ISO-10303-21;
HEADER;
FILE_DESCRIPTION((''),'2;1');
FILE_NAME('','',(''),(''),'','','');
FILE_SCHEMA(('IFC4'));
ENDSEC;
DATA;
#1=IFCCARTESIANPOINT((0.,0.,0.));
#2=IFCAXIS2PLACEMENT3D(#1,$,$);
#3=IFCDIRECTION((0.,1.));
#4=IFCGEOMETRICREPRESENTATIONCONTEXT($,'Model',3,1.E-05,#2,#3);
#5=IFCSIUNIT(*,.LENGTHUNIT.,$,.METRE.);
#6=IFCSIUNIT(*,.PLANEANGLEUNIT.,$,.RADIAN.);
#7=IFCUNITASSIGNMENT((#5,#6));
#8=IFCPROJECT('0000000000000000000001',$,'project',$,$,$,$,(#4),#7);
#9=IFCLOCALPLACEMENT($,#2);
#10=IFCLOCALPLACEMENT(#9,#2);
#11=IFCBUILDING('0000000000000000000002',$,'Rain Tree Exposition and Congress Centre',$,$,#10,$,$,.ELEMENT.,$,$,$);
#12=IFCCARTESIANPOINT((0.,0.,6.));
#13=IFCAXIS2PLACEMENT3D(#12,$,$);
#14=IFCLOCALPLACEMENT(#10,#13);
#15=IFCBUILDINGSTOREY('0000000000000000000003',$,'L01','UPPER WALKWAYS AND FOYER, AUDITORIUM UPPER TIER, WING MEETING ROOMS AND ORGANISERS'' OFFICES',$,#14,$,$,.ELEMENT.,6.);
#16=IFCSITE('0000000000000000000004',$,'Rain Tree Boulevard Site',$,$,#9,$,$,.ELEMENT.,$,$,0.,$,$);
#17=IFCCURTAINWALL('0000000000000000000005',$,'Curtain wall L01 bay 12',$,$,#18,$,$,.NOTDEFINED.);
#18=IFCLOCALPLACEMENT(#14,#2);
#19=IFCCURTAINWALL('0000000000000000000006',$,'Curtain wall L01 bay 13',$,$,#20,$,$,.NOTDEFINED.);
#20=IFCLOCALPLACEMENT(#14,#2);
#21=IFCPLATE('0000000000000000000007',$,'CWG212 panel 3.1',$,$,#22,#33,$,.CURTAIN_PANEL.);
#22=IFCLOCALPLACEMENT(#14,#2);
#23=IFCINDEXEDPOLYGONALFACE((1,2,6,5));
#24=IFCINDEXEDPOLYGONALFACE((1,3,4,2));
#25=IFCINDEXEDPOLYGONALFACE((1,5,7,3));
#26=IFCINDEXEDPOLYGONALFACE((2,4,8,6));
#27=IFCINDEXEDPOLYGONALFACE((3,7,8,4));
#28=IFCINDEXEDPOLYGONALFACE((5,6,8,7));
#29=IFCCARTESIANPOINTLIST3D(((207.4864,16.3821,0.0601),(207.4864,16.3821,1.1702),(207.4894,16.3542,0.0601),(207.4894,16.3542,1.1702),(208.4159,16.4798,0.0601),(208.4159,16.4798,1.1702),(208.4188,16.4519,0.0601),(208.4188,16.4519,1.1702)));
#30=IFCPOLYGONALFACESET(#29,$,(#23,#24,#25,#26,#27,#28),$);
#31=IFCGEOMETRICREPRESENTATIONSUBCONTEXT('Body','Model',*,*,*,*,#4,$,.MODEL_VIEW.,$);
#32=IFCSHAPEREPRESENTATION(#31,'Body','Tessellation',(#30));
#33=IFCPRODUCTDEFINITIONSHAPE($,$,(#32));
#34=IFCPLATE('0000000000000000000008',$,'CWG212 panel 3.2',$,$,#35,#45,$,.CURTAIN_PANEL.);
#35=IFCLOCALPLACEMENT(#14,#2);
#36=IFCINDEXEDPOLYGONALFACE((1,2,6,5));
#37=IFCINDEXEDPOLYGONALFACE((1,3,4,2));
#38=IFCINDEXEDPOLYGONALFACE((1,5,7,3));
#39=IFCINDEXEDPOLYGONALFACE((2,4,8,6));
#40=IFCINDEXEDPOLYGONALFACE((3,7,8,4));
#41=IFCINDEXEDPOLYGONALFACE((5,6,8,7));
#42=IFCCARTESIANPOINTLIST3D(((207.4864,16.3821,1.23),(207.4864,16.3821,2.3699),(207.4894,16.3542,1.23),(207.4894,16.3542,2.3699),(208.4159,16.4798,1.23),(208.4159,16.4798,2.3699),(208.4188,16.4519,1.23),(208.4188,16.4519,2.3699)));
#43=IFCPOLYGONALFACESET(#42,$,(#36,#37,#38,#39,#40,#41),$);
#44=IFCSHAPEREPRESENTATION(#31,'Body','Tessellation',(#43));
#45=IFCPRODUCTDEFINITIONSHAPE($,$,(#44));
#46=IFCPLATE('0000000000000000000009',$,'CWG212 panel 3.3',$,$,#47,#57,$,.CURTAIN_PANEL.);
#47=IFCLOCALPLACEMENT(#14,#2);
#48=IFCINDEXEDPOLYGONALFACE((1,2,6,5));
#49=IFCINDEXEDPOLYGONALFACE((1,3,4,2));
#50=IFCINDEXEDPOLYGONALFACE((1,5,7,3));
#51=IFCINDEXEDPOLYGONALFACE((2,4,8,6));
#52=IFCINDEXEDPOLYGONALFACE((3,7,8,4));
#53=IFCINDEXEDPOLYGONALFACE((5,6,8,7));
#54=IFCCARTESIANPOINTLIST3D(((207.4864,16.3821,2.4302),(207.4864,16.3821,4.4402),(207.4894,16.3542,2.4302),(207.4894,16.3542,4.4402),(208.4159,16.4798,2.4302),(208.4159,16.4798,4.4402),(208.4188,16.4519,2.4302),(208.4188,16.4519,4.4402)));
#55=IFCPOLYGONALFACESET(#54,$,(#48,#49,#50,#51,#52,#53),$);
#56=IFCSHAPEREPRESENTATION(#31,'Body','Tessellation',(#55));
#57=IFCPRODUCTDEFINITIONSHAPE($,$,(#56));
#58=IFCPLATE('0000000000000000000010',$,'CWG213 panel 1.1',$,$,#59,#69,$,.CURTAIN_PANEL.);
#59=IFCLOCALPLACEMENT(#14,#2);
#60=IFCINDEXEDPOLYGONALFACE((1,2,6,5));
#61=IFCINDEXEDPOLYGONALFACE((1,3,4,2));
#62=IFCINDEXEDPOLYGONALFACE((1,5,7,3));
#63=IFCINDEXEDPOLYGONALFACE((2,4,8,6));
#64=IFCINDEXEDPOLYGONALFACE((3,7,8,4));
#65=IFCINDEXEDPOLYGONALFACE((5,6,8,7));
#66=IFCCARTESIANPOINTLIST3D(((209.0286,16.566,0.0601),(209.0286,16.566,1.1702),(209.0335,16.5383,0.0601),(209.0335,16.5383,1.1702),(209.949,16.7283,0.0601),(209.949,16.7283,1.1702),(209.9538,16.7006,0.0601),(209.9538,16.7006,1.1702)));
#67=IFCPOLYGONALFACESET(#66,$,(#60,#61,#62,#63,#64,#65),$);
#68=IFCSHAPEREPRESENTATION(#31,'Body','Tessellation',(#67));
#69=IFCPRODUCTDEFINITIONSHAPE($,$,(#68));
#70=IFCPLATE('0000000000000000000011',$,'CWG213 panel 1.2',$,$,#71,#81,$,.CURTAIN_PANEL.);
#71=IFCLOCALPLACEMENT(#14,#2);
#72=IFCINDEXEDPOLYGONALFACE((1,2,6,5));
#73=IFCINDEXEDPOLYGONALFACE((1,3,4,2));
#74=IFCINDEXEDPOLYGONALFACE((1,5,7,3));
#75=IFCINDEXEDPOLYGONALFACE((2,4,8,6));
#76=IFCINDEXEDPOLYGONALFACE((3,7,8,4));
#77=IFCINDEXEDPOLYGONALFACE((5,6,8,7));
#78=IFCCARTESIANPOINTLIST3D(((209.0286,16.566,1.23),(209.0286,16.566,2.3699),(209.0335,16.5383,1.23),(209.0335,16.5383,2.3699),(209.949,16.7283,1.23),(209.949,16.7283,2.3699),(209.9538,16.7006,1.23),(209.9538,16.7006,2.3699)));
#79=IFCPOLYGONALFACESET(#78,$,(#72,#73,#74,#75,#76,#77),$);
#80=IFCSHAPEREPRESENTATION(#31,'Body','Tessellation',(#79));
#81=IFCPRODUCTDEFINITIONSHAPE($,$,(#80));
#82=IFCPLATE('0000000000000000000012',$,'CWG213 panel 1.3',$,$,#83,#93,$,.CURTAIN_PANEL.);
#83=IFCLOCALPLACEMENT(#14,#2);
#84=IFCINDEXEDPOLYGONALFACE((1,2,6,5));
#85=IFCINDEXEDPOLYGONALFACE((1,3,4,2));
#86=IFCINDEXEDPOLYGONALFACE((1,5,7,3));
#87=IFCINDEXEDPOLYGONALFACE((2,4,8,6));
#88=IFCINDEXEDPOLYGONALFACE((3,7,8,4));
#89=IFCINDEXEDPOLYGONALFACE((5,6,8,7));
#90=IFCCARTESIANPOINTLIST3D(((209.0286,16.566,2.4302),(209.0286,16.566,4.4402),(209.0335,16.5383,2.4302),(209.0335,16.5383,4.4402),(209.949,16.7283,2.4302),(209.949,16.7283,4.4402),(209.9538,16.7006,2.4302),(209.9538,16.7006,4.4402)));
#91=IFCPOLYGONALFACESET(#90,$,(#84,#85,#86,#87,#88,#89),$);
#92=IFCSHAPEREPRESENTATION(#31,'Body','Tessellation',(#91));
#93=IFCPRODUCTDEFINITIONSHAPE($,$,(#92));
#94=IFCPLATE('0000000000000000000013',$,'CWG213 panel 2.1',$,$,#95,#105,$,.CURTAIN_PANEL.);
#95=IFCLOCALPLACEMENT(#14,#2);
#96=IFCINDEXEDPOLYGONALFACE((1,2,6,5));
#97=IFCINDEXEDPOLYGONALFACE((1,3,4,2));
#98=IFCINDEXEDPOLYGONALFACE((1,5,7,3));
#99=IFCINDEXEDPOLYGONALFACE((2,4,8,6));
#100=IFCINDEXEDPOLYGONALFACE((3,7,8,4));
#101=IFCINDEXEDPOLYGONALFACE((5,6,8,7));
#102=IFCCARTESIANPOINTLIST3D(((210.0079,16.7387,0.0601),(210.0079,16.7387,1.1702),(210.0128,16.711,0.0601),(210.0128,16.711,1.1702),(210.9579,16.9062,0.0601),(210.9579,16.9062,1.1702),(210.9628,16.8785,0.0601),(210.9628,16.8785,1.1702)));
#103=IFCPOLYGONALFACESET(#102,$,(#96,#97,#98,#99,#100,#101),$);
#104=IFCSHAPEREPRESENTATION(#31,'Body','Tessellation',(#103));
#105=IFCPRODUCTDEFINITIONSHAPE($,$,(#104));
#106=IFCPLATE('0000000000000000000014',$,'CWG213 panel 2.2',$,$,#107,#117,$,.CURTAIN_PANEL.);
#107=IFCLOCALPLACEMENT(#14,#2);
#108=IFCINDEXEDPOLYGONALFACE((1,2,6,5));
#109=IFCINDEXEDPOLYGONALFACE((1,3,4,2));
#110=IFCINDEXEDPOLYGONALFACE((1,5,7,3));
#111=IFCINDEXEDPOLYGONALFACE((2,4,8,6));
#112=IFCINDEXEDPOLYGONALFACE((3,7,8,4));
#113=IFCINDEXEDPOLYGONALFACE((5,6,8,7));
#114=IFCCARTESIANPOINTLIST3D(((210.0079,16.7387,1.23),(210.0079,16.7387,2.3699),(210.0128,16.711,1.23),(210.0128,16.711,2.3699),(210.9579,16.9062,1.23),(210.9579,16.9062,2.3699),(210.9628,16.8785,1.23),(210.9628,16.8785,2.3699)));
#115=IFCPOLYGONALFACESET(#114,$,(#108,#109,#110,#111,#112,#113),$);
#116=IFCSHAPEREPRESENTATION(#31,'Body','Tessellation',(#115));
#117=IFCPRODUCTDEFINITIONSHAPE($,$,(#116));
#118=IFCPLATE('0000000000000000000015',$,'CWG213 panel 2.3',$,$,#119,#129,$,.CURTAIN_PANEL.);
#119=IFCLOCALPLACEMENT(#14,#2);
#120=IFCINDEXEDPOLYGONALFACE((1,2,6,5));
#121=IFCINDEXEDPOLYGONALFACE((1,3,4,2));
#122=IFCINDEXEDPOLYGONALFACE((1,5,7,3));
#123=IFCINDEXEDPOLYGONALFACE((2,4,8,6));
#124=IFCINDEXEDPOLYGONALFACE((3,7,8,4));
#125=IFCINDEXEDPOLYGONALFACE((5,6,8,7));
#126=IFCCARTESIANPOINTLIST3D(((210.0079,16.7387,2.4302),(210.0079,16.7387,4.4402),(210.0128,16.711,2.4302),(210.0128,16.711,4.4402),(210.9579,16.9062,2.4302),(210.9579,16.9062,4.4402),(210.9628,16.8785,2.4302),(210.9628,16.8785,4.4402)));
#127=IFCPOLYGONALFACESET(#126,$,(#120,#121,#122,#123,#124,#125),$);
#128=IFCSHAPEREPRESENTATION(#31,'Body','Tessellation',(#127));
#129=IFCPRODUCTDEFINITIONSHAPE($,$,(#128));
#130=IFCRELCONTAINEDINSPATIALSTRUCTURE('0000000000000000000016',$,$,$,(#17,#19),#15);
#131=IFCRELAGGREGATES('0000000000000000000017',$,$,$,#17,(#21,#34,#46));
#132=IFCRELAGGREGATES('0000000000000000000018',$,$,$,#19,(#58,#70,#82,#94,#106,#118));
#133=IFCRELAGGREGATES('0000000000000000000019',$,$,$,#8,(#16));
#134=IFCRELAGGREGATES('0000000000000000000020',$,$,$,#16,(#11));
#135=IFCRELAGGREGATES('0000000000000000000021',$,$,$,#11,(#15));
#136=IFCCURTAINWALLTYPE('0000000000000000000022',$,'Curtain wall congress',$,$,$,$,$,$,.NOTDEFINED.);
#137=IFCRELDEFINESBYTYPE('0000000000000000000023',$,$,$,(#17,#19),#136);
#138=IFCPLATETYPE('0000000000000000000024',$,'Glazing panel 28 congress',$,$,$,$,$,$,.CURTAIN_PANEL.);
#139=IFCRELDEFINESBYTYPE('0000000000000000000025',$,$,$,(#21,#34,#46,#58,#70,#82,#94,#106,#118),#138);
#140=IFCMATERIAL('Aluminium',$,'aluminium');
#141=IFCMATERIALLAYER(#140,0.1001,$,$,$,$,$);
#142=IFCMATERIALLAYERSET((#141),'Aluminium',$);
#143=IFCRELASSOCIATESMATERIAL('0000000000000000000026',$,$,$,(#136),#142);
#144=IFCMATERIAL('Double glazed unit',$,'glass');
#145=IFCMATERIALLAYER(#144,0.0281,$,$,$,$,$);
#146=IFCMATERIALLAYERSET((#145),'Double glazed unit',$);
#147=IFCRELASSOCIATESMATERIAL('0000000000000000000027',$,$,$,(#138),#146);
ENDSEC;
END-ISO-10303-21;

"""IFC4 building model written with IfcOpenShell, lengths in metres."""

from ifc_helpers import new_model, si_unit, direction, frame, origin, origin_2d, place, context, subcontext, project, spatial, rectangle, extrude, material, layer, layer_set, type_object, element, aggregate, save


model = new_model("IFC4")

# Units and contexts
model_context = context("Model", 3, precision=1e-05, world=origin(), true_north=direction((0.0, 1.0)))
body_context = subcontext(model_context, "Body", "Model", "MODEL_VIEW")
ifc_project = project(units=[si_unit("LENGTHUNIT", "METRE"), si_unit("PLANEANGLEUNIT", "RADIAN")], contexts=[model_context])

# Site, building, storey
site_placement = place(None, origin())
site = spatial("IfcSite", under=ifc_project, at=site_placement, Name="Rain Tree Boulevard Site", CompositionType="ELEMENT", RefElevation=0.0)
building_placement = place(site_placement, origin())
building = spatial("IfcBuilding", under=site, at=building_placement, Name="Rain Tree Exposition and Congress Centre", CompositionType="ELEMENT")
storey_placement = place(building_placement, frame((0.0, 0.0, 6.0)))
storey = spatial("IfcBuildingStorey", under=building, at=storey_placement, Name="L01", Description="UPPER WALKWAYS AND FOYER, AUDITORIUM UPPER TIER, WING MEETING ROOMS AND ORGANISERS' OFFICES", CompositionType="ELEMENT", Elevation=6.0)

# Curtain walls
ifc_material_1 = material(Name="Aluminium", Category="aluminium")
ifc_layer_1 = layer(ifc_material_1, 0.1001)
ifc_layer_set_1 = layer_set([ifc_layer_1], Name="Aluminium")
curtain_wall_type = type_object("IfcCurtainWallType", Name="Curtain wall congress", PredefinedType="NOTDEFINED", material=ifc_layer_set_1)
curtain_wall_1_placement = place(storey_placement, origin())
curtain_wall_1 = element("IfcCurtainWall", 1, at=curtain_wall_1_placement, inside=storey, type_object=curtain_wall_type, Name="Curtain wall L01 bay 12", PredefinedType="NOTDEFINED")
curtain_wall_2_placement = place(storey_placement, origin())
curtain_wall_2 = element("IfcCurtainWall", 2, at=curtain_wall_2_placement, inside=storey, type_object=curtain_wall_type, Name="Curtain wall L01 bay 13", PredefinedType="NOTDEFINED")

# Plates
ifc_material_2 = material(Name="Double glazed unit", Category="glass")
ifc_layer_2 = layer(ifc_material_2, 0.0281)
ifc_layer_set_2 = layer_set([ifc_layer_2], Name="Double glazed unit")
plate_type = type_object("IfcPlateType", Name="Glazing panel 28 congress", PredefinedType="CURTAIN_PANEL", material=ifc_layer_set_2)
plate_1_placement = place(storey_placement, frame((207.9526, 16.417, 0.0601), z_axis=(0.0, 0.0, 1.0), x_axis=(0.994525, 0.104502, 0.0)))
plate_1 = element("IfcPlate", 3, at=plate_1_placement, type_object=plate_type, Name="CWG212 panel 3.1", PredefinedType="CURTAIN_PANEL", context=body_context, shape_type="SweptSolid", body=[
    extrude(rectangle(XDim=0.9346, YDim=0.0281, at=origin_2d()), origin(), (0.0, 0.0, 1.0), 1.1101),
])
plate_2_placement = place(storey_placement, frame((207.9526, 16.417, 1.23), z_axis=(0.0, 0.0, 1.0), x_axis=(0.994525, 0.104502, 0.0)))
plate_2 = element("IfcPlate", 4, at=plate_2_placement, type_object=plate_type, Name="CWG212 panel 3.2", PredefinedType="CURTAIN_PANEL", context=body_context, shape_type="SweptSolid", body=[
    extrude(rectangle(XDim=0.9346, YDim=0.0281, at=origin_2d()), origin(), (0.0, 0.0, 1.0), 1.1399),
])
plate_3_placement = place(storey_placement, frame((207.9526, 16.417, 2.4302), z_axis=(0.0, 0.0, 1.0), x_axis=(0.994525, 0.104502, 0.0)))
plate_3 = element("IfcPlate", 5, at=plate_3_placement, type_object=plate_type, Name="CWG212 panel 3.3", PredefinedType="CURTAIN_PANEL", context=body_context, shape_type="SweptSolid", body=[
    extrude(rectangle(XDim=0.9346, YDim=0.0281, at=origin_2d()), origin(), (0.0, 0.0, 1.0), 2.01),
])
aggregate(curtain_wall_1, [plate_1, plate_2, plate_3])
plate_4_placement = place(storey_placement, frame((209.4912, 16.6333, 0.0601), z_axis=(0.0, 0.0, 1.0), x_axis=(0.98481, 0.173635, 0.0)))
plate_4 = element("IfcPlate", 6, at=plate_4_placement, type_object=plate_type, Name="CWG213 panel 1.1", PredefinedType="CURTAIN_PANEL", context=body_context, shape_type="SweptSolid", body=[
    extrude(rectangle(XDim=0.9346, YDim=0.0281, at=origin_2d()), origin(), (0.0, 0.0, 1.0), 1.1101),
])
plate_5_placement = place(storey_placement, frame((209.4912, 16.6333, 1.23), z_axis=(0.0, 0.0, 1.0), x_axis=(0.98481, 0.173635, 0.0)))
plate_5 = element("IfcPlate", 7, at=plate_5_placement, type_object=plate_type, Name="CWG213 panel 1.2", PredefinedType="CURTAIN_PANEL", context=body_context, shape_type="SweptSolid", body=[
    extrude(rectangle(XDim=0.9346, YDim=0.0281, at=origin_2d()), origin(), (0.0, 0.0, 1.0), 1.1399),
])
plate_6_placement = place(storey_placement, frame((209.4912, 16.6333, 2.4302), z_axis=(0.0, 0.0, 1.0), x_axis=(0.98481, 0.173635, 0.0)))
plate_6 = element("IfcPlate", 8, at=plate_6_placement, type_object=plate_type, Name="CWG213 panel 1.3", PredefinedType="CURTAIN_PANEL", context=body_context, shape_type="SweptSolid", body=[
    extrude(rectangle(XDim=0.9346, YDim=0.0281, at=origin_2d()), origin(), (0.0, 0.0, 1.0), 2.01),
])
plate_7_placement = place(storey_placement, frame((210.4854, 16.8086, 0.0601), z_axis=(0.0, 0.0, 1.0), x_axis=(0.98481, 0.173635, 0.0)))
plate_7 = element("IfcPlate", 9, at=plate_7_placement, type_object=plate_type, Name="CWG213 panel 2.1", PredefinedType="CURTAIN_PANEL", context=body_context, shape_type="SweptSolid", body=[
    extrude(rectangle(XDim=0.9646, YDim=0.0281, at=origin_2d()), origin(), (0.0, 0.0, 1.0), 1.1101),
])
plate_8_placement = place(storey_placement, frame((210.4854, 16.8086, 1.23), z_axis=(0.0, 0.0, 1.0), x_axis=(0.98481, 0.173635, 0.0)))
plate_8 = element("IfcPlate", 10, at=plate_8_placement, type_object=plate_type, Name="CWG213 panel 2.2", PredefinedType="CURTAIN_PANEL", context=body_context, shape_type="SweptSolid", body=[
    extrude(rectangle(XDim=0.9646, YDim=0.0281, at=origin_2d()), origin(), (0.0, 0.0, 1.0), 1.1399),
])
plate_9_placement = place(storey_placement, frame((210.4854, 16.8086, 2.4302), z_axis=(0.0, 0.0, 1.0), x_axis=(0.98481, 0.173635, 0.0)))
plate_9 = element("IfcPlate", 11, at=plate_9_placement, type_object=plate_type, Name="CWG213 panel 2.3", PredefinedType="CURTAIN_PANEL", context=body_context, shape_type="SweptSolid", body=[
    extrude(rectangle(XDim=0.9646, YDim=0.0281, at=origin_2d()), origin(), (0.0, 0.0, 1.0), 2.01),
])
aggregate(curtain_wall_2, [plate_4, plate_5, plate_6, plate_7, plate_8, plate_9])

save(model, "model.ifc")
